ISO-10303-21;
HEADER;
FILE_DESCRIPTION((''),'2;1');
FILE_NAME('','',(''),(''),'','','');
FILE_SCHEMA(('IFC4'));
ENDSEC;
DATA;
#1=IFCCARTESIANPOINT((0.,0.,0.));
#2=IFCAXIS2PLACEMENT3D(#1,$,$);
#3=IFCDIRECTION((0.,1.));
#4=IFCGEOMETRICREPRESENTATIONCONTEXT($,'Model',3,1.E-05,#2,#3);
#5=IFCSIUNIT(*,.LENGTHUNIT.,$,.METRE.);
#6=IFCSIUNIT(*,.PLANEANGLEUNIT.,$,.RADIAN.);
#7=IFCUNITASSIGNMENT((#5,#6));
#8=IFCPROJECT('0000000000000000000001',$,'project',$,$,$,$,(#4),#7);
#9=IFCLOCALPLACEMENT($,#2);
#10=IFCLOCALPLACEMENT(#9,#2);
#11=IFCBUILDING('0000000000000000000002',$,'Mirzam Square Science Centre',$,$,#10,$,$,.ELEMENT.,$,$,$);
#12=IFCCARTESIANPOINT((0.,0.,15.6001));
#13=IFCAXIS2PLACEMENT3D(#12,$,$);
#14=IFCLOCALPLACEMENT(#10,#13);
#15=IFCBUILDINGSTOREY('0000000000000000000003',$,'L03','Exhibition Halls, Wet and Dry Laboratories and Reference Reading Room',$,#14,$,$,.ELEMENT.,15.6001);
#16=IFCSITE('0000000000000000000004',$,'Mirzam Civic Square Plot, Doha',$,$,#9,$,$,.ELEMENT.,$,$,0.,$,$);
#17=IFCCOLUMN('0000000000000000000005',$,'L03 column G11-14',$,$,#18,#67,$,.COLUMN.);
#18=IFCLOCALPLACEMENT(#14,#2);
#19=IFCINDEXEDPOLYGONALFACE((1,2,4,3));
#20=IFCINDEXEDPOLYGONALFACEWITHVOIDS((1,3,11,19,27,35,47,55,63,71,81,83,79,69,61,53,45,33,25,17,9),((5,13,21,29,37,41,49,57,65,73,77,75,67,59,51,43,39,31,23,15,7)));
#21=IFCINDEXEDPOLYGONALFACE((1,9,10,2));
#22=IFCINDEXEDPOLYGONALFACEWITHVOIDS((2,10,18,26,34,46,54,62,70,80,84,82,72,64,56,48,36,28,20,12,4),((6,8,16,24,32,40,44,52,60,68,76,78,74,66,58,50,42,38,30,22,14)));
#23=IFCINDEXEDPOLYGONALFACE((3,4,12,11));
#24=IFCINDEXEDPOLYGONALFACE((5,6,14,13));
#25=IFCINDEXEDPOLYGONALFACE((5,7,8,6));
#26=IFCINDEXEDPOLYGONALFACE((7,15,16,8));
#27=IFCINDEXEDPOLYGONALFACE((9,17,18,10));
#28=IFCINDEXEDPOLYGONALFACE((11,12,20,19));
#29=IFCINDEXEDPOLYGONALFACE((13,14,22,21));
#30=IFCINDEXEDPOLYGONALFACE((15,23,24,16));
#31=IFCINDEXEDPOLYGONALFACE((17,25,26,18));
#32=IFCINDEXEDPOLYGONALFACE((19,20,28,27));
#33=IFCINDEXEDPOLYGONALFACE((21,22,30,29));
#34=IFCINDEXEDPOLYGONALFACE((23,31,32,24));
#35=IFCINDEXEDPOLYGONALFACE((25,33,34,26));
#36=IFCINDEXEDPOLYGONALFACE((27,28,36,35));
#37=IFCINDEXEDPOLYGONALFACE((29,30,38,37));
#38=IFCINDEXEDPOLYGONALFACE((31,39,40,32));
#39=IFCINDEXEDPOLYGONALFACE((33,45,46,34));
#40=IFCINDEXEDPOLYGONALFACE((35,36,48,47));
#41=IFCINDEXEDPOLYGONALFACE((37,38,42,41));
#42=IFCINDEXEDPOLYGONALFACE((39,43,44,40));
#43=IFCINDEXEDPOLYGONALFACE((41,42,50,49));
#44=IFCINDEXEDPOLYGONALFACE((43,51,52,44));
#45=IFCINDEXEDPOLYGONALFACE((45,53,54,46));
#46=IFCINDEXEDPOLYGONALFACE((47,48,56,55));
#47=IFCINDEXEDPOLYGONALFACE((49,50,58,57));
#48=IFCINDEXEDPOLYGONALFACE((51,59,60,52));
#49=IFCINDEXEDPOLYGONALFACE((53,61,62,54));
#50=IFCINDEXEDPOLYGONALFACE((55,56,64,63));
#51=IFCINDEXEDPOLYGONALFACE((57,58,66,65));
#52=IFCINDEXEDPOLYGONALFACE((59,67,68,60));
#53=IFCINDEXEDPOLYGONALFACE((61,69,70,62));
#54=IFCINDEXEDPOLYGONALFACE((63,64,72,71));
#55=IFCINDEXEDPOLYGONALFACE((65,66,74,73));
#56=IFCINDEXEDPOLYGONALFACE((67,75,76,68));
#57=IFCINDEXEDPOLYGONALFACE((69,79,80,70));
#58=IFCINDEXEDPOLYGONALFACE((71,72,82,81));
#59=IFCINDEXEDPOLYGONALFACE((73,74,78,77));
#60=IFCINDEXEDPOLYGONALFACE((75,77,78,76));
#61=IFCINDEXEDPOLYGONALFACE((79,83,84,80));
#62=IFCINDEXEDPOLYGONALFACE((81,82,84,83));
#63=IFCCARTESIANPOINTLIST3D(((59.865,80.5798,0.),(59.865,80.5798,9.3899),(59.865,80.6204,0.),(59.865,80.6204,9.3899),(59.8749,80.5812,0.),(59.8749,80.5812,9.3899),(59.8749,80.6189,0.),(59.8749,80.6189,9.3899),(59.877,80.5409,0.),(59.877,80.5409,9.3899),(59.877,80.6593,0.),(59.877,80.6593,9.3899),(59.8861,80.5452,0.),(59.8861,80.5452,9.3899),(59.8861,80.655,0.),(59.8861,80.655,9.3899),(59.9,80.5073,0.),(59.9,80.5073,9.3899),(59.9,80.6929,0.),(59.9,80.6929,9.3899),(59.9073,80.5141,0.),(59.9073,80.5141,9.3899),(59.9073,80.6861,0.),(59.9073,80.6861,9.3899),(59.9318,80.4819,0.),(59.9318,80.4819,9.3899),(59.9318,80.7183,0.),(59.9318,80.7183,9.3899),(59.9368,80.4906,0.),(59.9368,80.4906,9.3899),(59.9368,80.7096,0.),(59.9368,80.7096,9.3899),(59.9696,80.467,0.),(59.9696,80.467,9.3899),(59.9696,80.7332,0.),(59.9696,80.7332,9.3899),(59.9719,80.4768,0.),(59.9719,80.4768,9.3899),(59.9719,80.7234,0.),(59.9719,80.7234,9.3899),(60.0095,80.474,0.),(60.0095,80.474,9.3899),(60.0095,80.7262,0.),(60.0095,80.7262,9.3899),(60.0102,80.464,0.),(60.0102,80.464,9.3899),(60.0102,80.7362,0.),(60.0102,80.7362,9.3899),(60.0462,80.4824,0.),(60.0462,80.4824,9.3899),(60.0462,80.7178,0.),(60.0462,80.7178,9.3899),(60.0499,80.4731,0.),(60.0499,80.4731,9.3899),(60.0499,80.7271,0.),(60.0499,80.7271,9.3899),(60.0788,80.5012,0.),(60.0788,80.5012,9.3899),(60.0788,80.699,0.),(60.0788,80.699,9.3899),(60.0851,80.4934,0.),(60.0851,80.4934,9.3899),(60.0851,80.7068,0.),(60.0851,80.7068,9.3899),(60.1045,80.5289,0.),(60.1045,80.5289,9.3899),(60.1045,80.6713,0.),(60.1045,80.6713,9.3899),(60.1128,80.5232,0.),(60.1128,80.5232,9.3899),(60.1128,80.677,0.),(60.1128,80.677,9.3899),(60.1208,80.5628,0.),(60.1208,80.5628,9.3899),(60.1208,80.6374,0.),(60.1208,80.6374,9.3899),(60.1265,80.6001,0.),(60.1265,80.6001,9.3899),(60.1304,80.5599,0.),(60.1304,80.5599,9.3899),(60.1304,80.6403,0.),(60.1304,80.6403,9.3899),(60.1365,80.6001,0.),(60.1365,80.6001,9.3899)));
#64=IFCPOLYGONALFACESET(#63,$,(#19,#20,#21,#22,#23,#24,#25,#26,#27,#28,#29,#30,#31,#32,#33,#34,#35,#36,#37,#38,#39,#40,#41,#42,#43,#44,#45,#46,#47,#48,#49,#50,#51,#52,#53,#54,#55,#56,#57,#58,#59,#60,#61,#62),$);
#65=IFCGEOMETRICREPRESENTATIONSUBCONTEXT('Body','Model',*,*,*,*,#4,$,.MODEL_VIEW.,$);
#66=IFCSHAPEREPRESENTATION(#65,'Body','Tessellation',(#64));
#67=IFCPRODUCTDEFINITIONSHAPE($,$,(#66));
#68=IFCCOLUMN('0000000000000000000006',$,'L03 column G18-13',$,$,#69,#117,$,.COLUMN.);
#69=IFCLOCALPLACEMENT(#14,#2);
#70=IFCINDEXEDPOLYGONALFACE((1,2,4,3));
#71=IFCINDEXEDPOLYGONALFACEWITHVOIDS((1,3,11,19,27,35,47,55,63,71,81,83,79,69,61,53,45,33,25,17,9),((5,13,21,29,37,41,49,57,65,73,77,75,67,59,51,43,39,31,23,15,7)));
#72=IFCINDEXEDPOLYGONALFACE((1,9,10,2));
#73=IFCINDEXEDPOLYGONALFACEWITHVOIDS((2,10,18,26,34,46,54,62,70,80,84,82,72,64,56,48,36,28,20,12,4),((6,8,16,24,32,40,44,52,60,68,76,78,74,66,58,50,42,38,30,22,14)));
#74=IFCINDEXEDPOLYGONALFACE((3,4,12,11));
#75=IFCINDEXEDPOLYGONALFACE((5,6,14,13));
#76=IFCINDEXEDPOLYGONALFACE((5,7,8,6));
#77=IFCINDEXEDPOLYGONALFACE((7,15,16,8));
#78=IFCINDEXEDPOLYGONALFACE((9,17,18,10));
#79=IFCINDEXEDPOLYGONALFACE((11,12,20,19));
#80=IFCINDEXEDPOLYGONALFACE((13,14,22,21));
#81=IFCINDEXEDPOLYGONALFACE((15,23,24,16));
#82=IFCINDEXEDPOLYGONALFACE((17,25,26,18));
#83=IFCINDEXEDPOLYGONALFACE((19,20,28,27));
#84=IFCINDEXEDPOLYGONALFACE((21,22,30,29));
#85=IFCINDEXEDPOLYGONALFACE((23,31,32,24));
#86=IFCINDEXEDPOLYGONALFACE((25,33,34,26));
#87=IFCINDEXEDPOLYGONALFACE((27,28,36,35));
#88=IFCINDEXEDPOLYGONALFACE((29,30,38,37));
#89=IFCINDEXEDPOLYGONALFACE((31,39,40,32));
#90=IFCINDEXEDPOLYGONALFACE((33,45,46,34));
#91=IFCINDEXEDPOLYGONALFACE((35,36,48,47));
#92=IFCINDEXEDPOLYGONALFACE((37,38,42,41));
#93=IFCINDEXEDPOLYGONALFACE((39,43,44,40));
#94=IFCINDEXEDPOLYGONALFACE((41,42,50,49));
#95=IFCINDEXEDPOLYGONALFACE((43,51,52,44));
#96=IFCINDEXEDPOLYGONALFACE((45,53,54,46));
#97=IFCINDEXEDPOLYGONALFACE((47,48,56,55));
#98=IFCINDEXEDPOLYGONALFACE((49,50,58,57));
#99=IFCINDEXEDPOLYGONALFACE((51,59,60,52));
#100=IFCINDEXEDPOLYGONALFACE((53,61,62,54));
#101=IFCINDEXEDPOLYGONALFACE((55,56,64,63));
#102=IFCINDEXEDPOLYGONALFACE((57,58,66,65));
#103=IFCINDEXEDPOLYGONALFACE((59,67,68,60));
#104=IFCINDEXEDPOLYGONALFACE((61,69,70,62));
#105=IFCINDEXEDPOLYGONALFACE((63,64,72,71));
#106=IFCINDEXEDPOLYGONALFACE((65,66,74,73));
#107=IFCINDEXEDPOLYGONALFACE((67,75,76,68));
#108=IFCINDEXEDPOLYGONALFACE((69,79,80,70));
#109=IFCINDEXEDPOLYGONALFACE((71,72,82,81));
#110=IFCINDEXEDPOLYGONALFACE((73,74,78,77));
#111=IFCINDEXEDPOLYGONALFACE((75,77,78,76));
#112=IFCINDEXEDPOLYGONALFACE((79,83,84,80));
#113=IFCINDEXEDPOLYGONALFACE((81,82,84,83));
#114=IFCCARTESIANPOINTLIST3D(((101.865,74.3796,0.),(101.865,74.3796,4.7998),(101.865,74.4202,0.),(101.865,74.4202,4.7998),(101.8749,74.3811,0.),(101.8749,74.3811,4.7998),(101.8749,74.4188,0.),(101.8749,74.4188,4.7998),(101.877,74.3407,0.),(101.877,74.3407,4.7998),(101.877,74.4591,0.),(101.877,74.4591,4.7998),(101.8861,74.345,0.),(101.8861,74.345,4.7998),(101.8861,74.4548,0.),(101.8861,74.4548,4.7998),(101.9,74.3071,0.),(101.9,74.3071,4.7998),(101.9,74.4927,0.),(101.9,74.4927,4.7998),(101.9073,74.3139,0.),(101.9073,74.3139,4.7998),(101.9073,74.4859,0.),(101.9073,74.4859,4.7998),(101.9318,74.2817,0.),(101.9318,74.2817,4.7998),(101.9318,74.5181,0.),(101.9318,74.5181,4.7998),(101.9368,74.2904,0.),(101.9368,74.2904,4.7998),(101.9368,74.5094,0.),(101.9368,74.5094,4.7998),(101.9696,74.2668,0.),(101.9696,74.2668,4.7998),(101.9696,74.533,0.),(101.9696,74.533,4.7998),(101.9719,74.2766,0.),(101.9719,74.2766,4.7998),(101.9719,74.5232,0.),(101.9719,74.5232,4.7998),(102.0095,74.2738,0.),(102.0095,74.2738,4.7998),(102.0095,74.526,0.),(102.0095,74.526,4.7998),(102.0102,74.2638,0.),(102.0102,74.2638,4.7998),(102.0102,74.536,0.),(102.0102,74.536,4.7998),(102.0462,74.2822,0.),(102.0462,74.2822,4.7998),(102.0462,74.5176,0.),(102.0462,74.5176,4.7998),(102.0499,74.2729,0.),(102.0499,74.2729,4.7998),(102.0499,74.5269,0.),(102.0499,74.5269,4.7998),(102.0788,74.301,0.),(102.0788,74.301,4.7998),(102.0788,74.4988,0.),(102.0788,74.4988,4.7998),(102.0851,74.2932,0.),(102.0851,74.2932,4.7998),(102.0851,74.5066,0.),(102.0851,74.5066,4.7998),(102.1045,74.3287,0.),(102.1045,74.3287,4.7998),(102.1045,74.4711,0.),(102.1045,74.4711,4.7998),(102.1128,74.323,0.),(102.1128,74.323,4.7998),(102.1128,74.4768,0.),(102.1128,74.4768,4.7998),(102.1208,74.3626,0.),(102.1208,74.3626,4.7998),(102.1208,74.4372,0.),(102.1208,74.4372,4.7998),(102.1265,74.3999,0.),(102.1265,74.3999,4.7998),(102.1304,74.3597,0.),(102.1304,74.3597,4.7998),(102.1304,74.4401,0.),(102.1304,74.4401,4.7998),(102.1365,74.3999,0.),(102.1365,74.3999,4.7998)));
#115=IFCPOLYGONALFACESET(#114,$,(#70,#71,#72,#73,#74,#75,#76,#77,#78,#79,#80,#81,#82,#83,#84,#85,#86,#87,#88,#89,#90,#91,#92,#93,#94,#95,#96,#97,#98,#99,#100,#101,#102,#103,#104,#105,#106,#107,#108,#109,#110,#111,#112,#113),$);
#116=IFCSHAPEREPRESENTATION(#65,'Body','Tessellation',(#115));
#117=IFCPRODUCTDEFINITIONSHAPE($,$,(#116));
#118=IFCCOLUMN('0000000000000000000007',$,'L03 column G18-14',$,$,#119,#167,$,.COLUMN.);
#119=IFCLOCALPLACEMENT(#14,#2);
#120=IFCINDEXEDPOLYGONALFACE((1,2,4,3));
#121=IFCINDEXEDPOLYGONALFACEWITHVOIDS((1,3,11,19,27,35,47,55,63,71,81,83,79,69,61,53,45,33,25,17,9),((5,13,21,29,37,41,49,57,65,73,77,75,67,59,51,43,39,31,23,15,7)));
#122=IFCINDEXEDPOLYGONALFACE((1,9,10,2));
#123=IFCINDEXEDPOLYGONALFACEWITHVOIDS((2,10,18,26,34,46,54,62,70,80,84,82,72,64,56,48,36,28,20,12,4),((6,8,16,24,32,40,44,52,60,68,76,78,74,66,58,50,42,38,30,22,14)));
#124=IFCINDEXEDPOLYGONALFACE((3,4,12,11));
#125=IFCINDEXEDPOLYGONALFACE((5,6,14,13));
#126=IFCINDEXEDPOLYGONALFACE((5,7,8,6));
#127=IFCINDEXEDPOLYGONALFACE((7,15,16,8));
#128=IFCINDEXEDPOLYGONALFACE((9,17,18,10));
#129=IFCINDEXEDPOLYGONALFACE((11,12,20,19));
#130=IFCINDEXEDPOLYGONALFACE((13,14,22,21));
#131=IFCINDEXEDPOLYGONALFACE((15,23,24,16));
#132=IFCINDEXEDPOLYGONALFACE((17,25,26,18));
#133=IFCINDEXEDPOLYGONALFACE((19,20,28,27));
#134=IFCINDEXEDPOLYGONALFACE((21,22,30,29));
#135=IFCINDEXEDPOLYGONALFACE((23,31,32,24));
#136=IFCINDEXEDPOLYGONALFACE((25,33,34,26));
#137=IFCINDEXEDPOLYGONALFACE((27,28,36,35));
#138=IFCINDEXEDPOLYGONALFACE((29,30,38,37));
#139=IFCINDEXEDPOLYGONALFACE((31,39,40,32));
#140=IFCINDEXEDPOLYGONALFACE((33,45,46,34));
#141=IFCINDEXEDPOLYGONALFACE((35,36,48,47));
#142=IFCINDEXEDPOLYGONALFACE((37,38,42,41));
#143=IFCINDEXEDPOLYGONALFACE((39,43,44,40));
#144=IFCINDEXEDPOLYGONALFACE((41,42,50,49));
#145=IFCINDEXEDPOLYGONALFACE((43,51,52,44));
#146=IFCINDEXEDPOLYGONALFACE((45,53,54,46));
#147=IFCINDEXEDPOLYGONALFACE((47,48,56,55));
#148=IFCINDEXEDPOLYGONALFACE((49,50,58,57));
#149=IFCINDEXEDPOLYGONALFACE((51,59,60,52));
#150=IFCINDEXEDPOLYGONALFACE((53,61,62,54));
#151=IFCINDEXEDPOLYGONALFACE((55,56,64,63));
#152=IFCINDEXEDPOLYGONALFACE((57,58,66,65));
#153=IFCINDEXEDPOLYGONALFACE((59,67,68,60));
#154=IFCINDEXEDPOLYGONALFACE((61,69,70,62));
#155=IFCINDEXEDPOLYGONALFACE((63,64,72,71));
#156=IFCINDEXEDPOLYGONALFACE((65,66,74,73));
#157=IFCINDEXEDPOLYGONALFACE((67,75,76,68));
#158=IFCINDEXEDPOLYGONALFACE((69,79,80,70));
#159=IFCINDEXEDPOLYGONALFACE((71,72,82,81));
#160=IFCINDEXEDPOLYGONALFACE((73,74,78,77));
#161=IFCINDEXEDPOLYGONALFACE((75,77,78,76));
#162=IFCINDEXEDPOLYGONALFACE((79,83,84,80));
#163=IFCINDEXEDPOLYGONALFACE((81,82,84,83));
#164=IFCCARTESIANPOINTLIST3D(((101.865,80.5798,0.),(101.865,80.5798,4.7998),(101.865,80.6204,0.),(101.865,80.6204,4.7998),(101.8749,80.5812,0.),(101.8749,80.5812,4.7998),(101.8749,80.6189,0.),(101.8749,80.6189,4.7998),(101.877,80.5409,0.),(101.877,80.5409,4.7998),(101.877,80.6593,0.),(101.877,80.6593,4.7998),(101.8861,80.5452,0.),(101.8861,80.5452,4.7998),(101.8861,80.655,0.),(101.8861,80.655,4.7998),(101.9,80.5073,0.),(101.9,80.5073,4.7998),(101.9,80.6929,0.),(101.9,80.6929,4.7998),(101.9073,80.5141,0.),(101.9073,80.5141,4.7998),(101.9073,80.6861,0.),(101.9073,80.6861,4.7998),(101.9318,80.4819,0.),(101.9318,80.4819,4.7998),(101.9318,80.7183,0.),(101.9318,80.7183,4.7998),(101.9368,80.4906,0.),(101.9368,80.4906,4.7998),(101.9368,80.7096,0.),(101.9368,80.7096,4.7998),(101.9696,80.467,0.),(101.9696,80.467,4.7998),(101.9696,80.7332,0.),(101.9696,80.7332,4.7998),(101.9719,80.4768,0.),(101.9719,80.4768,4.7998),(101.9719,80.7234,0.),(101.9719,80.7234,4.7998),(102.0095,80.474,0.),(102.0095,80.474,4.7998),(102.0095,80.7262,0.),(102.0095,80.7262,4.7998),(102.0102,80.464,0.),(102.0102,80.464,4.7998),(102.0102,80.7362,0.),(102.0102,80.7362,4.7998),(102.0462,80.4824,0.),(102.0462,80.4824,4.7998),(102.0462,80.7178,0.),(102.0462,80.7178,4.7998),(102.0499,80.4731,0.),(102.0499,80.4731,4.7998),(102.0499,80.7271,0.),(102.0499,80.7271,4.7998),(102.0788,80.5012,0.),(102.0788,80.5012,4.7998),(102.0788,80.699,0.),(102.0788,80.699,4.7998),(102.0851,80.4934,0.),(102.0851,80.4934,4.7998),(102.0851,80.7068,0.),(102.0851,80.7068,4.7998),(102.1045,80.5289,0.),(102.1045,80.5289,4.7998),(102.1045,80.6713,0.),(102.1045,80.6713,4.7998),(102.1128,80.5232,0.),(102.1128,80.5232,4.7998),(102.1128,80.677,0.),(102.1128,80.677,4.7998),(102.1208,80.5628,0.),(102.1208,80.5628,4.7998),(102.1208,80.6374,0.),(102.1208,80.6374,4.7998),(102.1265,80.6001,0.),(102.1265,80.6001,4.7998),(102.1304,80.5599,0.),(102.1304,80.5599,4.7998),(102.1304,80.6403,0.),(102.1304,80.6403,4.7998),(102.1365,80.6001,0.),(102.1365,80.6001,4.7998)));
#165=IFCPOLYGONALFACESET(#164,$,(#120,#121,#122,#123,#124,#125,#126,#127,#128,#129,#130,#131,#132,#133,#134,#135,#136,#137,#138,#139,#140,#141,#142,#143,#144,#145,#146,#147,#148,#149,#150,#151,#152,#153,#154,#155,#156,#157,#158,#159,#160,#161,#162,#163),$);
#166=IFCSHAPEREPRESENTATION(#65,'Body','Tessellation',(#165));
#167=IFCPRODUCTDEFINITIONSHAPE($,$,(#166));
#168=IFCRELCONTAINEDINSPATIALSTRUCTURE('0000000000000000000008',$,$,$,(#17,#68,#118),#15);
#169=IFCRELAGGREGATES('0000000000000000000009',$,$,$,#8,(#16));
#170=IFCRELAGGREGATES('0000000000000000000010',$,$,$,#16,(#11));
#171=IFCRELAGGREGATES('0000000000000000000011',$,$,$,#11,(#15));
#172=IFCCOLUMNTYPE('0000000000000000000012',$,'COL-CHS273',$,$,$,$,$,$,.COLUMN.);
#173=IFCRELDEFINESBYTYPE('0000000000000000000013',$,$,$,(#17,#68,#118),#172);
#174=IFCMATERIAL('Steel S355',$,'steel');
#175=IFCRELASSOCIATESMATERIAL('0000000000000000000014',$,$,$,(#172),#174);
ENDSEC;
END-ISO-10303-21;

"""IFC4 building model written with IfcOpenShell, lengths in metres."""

from ifc_helpers import new_model, si_unit, direction, frame, origin, origin_2d, place, context, subcontext, project, spatial, hollow_circle, extrude, material, material_profile, profile_set, type_object, element, save


model = new_model("IFC4")

# Units and contexts
model_context = context("Model", 3, precision=1e-05, world=origin(), true_north=direction((0.0, 1.0)))
body_context = subcontext(model_context, "Body", "Model", "MODEL_VIEW")
ifc_project = project(units=[si_unit("LENGTHUNIT", "METRE"), si_unit("PLANEANGLEUNIT", "RADIAN")], contexts=[model_context])

# Site, building, storey
site_placement = place(None, origin())
site = spatial("IfcSite", under=ifc_project, at=site_placement, Name="Mirzam Civic Square Plot, Doha", CompositionType="ELEMENT", RefElevation=0.0)
building_placement = place(site_placement, origin())
building = spatial("IfcBuilding", under=site, at=building_placement, Name="Mirzam Square Science Centre", CompositionType="ELEMENT")
storey_placement = place(building_placement, frame((0.0, 0.0, 15.6001)))
storey = spatial("IfcBuildingStorey", under=building, at=storey_placement, Name="L03", Description="Exhibition Halls, Wet and Dry Laboratories and Reference Reading Room", CompositionType="ELEMENT", Elevation=15.6001)

# Columns
ifc_material_1 = material(Name="Steel S355", Category="steel")
ifc_material_profile_1 = material_profile(ifc_material_1, hollow_circle(Radius=0.1365, WallThickness=0.01, at=origin_2d()), Name="273.0x10.0CHS")
ifc_profile_set_1 = profile_set([ifc_material_profile_1], Name="Steel S355")
column_type_1 = type_object("IfcColumnType", Name="COL-CHS273", PredefinedType="COLUMN", material=ifc_profile_set_1)
column_1_placement = place(storey_placement, frame((60.0, 80.6001, 0.0), z_axis=(0.0, 0.0, 1.0), x_axis=(1.0, 0.0, 0.0)))
element("IfcColumn", 1, at=column_1_placement, inside=storey, type_object=column_type_1, Name="L03 column G11-14", PredefinedType="COLUMN", context=body_context, shape_type="SweptSolid", body=[
    extrude(hollow_circle(Radius=0.1365, WallThickness=0.01, at=origin_2d()), origin(), (0.0, 0.0, 1.0), 9.3899),
])
for number, where, z_axis, x_axis, name in (
    (2, (102.0, 74.3999, 0.0), (0.0, 0.0, 1.0), (1.0, 0.0, 0.0), "L03 column G18-13"),
    (3, (102.0, 80.6001, 0.0), (0.0, 0.0, 1.0), (1.0, 0.0, 0.0), "L03 column G18-14"),
):
    element("IfcColumn", number, at=place(storey_placement, frame(where, z_axis=z_axis, x_axis=x_axis)), inside=storey, type_object=column_type_1, Name=name, PredefinedType="COLUMN", context=body_context, shape_type="SweptSolid", body=[
        extrude(hollow_circle(Radius=0.1365, WallThickness=0.01, at=origin_2d()), origin(), (0.0, 0.0, 1.0), 4.7998),
    ])

save(model, "model.ifc")
